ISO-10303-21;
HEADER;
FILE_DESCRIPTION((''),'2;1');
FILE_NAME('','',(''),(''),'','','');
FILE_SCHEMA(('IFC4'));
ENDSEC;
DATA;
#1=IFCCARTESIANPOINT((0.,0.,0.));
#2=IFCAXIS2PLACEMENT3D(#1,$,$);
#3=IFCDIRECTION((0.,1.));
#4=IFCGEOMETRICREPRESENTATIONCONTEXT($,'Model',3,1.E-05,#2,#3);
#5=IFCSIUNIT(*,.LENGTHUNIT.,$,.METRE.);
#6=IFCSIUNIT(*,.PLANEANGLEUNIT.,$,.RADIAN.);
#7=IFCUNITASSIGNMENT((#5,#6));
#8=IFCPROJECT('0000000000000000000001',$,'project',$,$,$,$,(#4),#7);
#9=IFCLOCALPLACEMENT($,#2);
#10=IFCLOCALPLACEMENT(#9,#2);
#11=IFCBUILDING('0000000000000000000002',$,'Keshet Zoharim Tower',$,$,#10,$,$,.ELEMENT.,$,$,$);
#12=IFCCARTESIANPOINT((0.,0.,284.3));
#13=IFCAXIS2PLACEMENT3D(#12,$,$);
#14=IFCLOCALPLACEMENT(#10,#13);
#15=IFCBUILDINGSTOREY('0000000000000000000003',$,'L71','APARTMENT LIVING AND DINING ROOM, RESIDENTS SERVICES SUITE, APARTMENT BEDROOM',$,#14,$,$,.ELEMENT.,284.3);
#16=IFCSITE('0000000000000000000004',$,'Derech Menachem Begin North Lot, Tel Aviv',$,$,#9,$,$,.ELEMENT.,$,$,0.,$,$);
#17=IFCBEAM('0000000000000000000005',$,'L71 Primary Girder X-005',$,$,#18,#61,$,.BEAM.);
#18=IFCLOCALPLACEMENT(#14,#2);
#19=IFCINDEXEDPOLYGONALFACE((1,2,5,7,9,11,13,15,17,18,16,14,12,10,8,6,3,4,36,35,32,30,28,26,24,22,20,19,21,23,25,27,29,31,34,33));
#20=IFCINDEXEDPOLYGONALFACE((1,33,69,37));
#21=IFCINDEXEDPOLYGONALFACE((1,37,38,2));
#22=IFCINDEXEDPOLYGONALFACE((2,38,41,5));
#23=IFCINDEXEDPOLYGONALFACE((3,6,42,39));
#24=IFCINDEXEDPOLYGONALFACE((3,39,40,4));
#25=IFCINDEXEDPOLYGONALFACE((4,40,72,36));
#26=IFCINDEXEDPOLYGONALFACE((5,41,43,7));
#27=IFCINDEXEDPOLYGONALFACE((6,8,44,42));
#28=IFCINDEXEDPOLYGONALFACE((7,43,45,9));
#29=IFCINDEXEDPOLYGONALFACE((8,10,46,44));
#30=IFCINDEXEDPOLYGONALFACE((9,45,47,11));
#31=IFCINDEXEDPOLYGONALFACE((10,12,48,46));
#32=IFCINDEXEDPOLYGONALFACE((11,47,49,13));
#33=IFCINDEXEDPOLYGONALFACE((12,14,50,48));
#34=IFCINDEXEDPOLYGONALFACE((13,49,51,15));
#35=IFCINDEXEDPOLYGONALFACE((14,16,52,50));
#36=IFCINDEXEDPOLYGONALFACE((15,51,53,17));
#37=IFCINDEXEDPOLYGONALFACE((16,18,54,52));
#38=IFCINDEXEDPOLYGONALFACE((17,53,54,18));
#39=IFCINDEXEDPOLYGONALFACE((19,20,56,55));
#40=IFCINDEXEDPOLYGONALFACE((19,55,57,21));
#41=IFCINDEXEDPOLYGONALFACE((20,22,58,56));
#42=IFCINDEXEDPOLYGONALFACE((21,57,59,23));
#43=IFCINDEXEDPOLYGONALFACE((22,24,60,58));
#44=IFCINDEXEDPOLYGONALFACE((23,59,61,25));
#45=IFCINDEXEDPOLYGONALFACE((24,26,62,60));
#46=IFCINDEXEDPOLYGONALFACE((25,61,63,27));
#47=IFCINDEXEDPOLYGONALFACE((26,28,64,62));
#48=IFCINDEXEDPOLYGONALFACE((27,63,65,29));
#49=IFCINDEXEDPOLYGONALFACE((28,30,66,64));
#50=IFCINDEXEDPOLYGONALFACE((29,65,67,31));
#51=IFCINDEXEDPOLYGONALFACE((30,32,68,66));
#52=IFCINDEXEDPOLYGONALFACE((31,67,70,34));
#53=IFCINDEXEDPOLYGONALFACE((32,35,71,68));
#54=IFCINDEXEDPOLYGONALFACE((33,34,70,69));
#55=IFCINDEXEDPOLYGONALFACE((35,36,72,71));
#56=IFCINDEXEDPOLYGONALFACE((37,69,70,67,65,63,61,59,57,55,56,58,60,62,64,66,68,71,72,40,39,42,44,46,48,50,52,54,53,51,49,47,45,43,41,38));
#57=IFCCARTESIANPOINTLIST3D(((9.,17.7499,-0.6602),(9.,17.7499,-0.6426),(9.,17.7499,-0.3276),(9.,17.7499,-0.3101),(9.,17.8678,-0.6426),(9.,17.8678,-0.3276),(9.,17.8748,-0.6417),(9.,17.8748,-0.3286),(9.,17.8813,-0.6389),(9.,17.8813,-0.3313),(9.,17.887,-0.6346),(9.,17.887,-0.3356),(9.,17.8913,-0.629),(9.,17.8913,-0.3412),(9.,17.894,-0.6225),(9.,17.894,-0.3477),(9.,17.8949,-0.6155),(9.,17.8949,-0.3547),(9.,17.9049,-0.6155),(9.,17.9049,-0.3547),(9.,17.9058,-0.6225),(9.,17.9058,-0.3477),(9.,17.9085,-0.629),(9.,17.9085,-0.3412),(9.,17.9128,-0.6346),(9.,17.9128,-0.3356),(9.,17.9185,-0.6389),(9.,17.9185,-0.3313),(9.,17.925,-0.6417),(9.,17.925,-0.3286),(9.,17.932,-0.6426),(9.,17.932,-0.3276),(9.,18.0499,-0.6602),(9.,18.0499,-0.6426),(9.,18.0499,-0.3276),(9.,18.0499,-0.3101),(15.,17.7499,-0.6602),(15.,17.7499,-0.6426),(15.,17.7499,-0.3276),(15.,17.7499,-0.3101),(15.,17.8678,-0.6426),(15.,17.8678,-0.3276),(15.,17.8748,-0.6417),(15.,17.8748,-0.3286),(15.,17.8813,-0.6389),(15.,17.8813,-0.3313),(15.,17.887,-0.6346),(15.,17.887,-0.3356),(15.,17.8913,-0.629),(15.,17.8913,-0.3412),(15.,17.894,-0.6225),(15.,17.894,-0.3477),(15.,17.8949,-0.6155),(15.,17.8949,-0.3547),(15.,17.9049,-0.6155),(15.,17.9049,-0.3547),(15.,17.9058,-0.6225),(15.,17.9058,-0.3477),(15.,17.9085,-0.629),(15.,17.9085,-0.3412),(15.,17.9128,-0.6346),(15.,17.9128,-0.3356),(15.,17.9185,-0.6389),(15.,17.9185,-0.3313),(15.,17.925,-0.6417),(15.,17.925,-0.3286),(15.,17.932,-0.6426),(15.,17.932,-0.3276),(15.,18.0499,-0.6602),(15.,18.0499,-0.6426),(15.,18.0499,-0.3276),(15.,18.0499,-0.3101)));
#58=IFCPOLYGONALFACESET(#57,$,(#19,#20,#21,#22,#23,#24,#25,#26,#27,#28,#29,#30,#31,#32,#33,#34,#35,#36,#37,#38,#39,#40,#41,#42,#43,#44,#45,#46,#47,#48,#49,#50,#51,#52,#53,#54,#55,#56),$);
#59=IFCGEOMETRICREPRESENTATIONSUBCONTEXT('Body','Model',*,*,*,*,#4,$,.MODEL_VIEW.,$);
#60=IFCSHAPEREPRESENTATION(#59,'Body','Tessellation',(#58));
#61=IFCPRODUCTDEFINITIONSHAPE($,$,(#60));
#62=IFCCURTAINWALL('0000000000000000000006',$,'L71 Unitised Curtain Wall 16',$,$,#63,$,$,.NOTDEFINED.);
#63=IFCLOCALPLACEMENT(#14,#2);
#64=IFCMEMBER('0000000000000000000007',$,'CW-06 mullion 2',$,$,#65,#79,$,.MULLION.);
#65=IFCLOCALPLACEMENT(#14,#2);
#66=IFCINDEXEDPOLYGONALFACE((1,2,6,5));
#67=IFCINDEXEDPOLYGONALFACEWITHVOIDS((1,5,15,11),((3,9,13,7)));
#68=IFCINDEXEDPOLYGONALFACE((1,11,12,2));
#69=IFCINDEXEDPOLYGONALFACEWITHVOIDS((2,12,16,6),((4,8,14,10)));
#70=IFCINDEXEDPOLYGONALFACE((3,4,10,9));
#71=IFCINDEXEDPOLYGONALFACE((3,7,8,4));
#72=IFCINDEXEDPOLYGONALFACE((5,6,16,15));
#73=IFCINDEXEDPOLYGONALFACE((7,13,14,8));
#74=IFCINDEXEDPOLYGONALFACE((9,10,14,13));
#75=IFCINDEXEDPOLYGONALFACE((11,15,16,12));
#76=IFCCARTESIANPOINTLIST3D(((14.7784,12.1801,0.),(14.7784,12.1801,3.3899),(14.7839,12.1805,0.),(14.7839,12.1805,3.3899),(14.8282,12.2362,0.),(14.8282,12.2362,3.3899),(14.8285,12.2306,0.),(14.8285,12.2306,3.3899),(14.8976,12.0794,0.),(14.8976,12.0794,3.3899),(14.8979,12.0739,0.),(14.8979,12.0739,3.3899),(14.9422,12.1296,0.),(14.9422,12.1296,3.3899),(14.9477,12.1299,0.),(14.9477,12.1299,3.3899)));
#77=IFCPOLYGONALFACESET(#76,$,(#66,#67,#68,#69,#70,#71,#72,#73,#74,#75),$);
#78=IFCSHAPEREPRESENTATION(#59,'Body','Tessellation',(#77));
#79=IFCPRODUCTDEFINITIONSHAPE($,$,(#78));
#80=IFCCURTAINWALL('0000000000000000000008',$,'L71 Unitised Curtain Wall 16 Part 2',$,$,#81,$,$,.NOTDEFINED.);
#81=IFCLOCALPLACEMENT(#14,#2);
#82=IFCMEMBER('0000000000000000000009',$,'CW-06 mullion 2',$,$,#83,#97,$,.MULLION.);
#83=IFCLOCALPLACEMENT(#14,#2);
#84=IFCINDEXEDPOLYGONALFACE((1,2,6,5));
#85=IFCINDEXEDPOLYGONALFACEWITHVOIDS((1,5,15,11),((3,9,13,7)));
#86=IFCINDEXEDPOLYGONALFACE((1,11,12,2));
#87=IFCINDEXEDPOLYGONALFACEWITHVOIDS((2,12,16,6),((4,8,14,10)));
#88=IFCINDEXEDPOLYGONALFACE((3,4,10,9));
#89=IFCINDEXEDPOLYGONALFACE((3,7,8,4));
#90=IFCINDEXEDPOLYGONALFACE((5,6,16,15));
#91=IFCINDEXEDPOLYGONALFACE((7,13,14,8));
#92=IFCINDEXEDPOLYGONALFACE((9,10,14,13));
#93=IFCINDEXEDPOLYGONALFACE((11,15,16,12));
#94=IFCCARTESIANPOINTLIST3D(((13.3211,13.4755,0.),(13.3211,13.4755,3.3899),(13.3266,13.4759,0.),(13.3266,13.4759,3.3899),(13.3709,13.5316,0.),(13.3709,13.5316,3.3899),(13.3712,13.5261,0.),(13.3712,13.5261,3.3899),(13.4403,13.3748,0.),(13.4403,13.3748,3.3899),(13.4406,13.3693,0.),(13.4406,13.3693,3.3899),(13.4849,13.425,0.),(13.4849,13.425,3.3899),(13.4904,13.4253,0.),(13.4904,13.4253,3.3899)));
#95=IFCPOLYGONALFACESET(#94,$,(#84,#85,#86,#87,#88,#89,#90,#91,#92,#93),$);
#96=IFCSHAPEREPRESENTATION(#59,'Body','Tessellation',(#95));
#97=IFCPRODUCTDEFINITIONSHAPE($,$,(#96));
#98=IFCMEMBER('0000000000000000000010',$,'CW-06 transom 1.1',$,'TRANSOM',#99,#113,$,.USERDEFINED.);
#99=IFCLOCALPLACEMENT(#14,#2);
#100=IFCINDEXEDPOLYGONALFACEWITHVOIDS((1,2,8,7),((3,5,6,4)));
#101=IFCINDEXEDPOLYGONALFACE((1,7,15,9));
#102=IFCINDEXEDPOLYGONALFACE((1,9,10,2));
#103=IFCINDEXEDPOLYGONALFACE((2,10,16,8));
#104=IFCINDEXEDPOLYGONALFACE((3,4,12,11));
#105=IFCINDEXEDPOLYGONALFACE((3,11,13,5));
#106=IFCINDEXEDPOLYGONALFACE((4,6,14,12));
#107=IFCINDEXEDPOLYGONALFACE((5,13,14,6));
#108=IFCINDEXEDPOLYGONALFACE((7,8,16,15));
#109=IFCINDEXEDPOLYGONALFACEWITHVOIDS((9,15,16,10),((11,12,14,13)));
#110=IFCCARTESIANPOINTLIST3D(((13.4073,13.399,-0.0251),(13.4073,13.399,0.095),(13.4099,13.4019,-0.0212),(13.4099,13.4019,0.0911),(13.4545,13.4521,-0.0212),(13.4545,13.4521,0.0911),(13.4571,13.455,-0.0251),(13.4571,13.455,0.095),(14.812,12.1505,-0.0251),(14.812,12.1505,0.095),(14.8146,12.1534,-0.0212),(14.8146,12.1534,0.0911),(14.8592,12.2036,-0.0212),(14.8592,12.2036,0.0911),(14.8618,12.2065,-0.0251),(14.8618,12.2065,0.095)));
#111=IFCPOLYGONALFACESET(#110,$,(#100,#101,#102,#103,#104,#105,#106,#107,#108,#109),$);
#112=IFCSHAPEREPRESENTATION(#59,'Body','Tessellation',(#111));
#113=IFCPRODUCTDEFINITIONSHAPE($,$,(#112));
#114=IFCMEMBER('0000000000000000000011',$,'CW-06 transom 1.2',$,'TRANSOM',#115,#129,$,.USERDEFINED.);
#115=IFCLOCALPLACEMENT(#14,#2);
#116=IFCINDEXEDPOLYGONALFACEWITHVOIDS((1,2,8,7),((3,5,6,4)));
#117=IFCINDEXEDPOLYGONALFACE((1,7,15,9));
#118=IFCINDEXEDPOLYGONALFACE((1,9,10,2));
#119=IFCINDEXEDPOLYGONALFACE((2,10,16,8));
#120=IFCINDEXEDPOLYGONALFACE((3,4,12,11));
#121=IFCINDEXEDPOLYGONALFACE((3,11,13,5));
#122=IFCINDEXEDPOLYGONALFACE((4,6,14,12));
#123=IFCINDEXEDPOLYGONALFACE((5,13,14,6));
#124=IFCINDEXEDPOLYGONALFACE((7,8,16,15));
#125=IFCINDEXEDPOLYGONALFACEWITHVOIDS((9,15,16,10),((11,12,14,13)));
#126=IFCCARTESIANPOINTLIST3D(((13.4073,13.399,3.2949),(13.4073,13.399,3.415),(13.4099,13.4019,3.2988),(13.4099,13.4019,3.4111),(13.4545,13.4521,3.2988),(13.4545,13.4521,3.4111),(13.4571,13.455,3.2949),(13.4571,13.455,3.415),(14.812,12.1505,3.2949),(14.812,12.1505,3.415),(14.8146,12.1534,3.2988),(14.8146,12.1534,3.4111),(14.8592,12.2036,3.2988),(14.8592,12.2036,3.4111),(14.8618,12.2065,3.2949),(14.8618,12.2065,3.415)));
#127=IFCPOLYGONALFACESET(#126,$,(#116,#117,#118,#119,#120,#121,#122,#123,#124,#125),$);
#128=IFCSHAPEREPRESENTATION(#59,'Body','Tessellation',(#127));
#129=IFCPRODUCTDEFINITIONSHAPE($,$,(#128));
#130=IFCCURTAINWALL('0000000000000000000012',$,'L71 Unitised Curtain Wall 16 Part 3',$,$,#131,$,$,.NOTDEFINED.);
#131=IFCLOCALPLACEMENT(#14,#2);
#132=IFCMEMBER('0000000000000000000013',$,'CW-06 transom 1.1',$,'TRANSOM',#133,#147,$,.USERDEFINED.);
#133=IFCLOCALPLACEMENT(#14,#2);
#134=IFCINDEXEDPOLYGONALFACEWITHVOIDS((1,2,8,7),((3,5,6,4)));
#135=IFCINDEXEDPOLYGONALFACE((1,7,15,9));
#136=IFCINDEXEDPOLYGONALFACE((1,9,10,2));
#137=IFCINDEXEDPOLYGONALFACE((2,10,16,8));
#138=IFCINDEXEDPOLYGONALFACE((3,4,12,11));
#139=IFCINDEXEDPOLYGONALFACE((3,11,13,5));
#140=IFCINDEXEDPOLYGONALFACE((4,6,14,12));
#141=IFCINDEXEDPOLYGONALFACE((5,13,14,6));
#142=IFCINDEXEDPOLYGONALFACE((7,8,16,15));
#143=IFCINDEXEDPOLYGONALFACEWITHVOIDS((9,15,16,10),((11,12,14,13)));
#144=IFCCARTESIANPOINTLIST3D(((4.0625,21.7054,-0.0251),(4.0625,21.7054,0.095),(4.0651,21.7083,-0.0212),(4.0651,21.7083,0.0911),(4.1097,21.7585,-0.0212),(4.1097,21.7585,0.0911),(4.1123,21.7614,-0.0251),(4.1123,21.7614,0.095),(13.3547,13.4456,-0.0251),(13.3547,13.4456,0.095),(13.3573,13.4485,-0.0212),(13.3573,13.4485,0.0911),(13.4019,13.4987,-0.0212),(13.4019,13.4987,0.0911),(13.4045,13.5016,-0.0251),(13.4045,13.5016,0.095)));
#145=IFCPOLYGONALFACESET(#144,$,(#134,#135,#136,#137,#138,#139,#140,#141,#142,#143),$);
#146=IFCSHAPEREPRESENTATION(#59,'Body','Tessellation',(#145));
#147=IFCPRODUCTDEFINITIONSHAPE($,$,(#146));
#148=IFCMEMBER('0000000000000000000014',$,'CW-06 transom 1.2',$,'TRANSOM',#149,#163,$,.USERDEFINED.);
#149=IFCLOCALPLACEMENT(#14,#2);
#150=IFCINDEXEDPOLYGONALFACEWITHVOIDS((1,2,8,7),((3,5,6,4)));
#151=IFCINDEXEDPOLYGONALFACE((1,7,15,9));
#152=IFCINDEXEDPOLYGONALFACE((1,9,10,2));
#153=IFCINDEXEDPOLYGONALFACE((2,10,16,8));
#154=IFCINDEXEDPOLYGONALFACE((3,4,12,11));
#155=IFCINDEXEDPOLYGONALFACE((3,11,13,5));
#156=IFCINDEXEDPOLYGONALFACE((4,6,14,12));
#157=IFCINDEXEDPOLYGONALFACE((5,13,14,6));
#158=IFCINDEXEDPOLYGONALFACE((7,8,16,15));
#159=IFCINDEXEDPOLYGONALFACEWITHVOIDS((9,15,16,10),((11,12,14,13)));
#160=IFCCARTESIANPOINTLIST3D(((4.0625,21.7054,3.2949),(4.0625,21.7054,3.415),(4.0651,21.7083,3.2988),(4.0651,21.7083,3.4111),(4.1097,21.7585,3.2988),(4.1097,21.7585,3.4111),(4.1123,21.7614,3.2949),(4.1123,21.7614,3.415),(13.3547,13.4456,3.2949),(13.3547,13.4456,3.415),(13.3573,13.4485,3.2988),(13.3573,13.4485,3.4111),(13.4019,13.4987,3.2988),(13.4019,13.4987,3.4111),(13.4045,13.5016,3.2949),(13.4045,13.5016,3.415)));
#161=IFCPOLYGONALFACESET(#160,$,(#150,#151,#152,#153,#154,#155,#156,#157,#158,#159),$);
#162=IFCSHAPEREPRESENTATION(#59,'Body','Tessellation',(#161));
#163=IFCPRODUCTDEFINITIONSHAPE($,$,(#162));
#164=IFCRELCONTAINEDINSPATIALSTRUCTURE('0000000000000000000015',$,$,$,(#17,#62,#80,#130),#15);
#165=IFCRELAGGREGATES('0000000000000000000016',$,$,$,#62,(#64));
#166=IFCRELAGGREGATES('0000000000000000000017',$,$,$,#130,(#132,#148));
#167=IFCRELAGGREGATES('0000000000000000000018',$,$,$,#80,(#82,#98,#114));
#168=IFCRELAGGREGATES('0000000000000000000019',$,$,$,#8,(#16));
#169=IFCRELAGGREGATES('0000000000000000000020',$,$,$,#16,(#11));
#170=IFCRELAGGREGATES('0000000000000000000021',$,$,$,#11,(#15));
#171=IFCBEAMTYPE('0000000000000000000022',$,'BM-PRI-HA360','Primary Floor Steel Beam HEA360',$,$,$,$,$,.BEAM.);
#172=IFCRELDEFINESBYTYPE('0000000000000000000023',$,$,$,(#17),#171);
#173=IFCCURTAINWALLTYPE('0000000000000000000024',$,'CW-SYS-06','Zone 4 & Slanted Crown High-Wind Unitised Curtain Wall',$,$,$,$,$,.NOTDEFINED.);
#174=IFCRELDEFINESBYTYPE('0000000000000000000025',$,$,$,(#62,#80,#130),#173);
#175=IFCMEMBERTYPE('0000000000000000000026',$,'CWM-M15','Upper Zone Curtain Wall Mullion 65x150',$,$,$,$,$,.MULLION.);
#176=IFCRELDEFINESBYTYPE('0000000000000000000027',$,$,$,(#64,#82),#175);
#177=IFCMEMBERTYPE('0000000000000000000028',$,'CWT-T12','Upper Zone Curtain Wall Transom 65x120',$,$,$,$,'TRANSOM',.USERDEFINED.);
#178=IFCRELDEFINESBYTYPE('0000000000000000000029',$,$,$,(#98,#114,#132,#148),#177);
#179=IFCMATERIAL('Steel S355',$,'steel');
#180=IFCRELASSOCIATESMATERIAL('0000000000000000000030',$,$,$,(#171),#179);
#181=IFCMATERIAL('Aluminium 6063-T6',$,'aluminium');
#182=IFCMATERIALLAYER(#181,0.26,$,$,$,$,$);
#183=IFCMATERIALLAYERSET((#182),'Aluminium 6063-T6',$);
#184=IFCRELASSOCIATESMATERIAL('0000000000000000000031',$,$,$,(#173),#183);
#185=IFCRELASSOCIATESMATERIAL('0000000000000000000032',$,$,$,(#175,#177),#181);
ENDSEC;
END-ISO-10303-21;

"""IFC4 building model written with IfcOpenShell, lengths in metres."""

from ifc_helpers import new_model, si_unit, direction, frame, origin, origin_2d, place, context, subcontext, project, spatial, hollow_rectangle, i_section, extrude, material, layer, layer_set, material_profile, profile_set, type_object, element, aggregate, save


model = new_model("IFC4")

# Units and contexts
model_context = context("Model", 3, precision=1e-05, world=origin(), true_north=direction((0.0, 1.0)))
body_context = subcontext(model_context, "Body", "Model", "MODEL_VIEW")
ifc_project = project(units=[si_unit("LENGTHUNIT", "METRE"), si_unit("PLANEANGLEUNIT", "RADIAN")], contexts=[model_context])

# Site, building, storey
site_placement = place(None, origin())
site = spatial("IfcSite", under=ifc_project, at=site_placement, Name="Derech Menachem Begin North Lot, Tel Aviv", CompositionType="ELEMENT", RefElevation=0.0)
building_placement = place(site_placement, origin())
building = spatial("IfcBuilding", under=site, at=building_placement, Name="Keshet Zoharim Tower", CompositionType="ELEMENT")
storey_placement = place(building_placement, frame((0.0, 0.0, 284.3)))
storey = spatial("IfcBuildingStorey", under=building, at=storey_placement, Name="L71", Description="APARTMENT LIVING AND DINING ROOM, RESIDENTS SERVICES SUITE, APARTMENT BEDROOM", CompositionType="ELEMENT", Elevation=284.3)

# Shared definitions
ifc_material_1 = material(Name="Steel S355", Category="steel")

# Beam
ifc_material_profile_1 = material_profile(ifc_material_1, i_section(OverallWidth=0.3, OverallDepth=0.3501, WebThickness=0.01, FlangeThickness=0.0176, FilletRadius=0.0271, at=origin_2d()), Name="HEA360")
ifc_profile_set_1 = profile_set([ifc_material_profile_1], Name="Steel S355")
beam_type_1 = type_object("IfcBeamType", Name="BM-PRI-HA360", Description="Primary Floor Steel Beam HEA360", PredefinedType="BEAM", material=ifc_profile_set_1)
beam_1_placement = place(storey_placement, frame((9.0, 17.8999, -0.4851), z_axis=(1.0, 0.0, 0.0), x_axis=(0.0, 1.0, 0.0)))
element("IfcBeam", 1, at=beam_1_placement, inside=storey, type_object=beam_type_1, Name="L71 Primary Girder X-005", PredefinedType="BEAM", context=body_context, shape_type="SweptSolid", body=[
    extrude(i_section(OverallWidth=0.3, OverallDepth=0.3501, WebThickness=0.01, FlangeThickness=0.0176, FilletRadius=0.0271, at=origin_2d()), origin(), (0.0, 0.0, 1.0), 6.0),
])

# Curtain wall, member
ifc_material_2 = material(Name="Aluminium 6063-T6", Category="aluminium")
ifc_layer_1 = layer(ifc_material_2, 0.26)
ifc_layer_set_1 = layer_set([ifc_layer_1], Name="Aluminium 6063-T6")
curtain_wall_type = type_object("IfcCurtainWallType", Name="CW-SYS-06", Description="Zone 4 & Slanted Crown High-Wind Unitised Curtain Wall", PredefinedType="NOTDEFINED", material=ifc_layer_set_1)
curtain_wall_1_placement = place(storey_placement, origin())
curtain_wall_1 = element("IfcCurtainWall", 2, at=curtain_wall_1_placement, inside=storey, type_object=curtain_wall_type, Name="L71 Unitised Curtain Wall 16", PredefinedType="NOTDEFINED")
ifc_material_profile_2 = material_profile(ifc_material_2, hollow_rectangle(XDim=0.075, YDim=0.1599, WallThickness=0.0039, at=origin_2d()), Name="MUL-75x160")
ifc_profile_set_2 = profile_set([ifc_material_profile_2], Name="Aluminium 6063-T6")
member_type_1 = type_object("IfcMemberType", Name="CWM-M15", Description="Upper Zone Curtain Wall Mullion 65x150", PredefinedType="MULLION", material=ifc_profile_set_2)
member_1_placement = place(storey_placement, frame((14.863, 12.155, 0.0), z_axis=(0.0, 0.0, 1.0), x_axis=(-0.664362, -0.747411, 0.0)))
member_1 = element("IfcMember", 3, at=member_1_placement, type_object=member_type_1, Name="CW-06 mullion 2", PredefinedType="MULLION", context=body_context, shape_type="SweptSolid", body=[
    extrude(hollow_rectangle(XDim=0.075, YDim=0.1599, WallThickness=0.0039, at=origin_2d()), origin(), (0.0, 0.0, 1.0), 3.3899),
])
aggregate(curtain_wall_1, [member_1])

# Curtain walls, members
curtain_wall_2_placement = place(storey_placement, origin())
curtain_wall_2 = element("IfcCurtainWall", 4, at=curtain_wall_2_placement, inside=storey, type_object=curtain_wall_type, Name="L71 Unitised Curtain Wall 16 Part 2", PredefinedType="NOTDEFINED")
member_2_placement = place(storey_placement, frame((13.4058, 13.4504, 0.0), z_axis=(0.0, 0.0, 1.0), x_axis=(-0.664338, -0.747432, 0.0)))
member_2 = element("IfcMember", 5, at=member_2_placement, type_object=member_type_1, Name="CW-06 mullion 2", PredefinedType="MULLION", context=body_context, shape_type="SweptSolid", body=[
    extrude(hollow_rectangle(XDim=0.075, YDim=0.1599, WallThickness=0.0039, at=origin_2d()), origin(), (0.0, 0.0, 1.0), 3.3899),
])
ifc_material_profile_3 = material_profile(ifc_material_2, hollow_rectangle(XDim=0.075, YDim=0.1201, WallThickness=0.0039, at=origin_2d()), Name="TRN-75x120")
ifc_profile_set_3 = profile_set([ifc_material_profile_3], Name="Aluminium 6063-T6")
member_type_2 = type_object("IfcMemberType", Name="CWT-T12", Description="Upper Zone Curtain Wall Transom 65x120", ElementType="TRANSOM", PredefinedType="USERDEFINED", material=ifc_profile_set_3)
member_3_placement = place(storey_placement, frame((14.8369, 12.1785, 0.0349), z_axis=(-0.747452, 0.664315, 0.0), x_axis=(-0.664315, -0.747452, 0.0)))
member_3 = element("IfcMember", 6, at=member_3_placement, type_object=member_type_2, Name="CW-06 transom 1.1", ObjectType="TRANSOM", PredefinedType="USERDEFINED", context=body_context, shape_type="SweptSolid", body=[
    extrude(hollow_rectangle(XDim=0.075, YDim=0.1201, WallThickness=0.0039, at=origin_2d()), origin(), (0.0, 0.0, 1.0), 1.8794),
])
member_4_placement = place(storey_placement, frame((14.8369, 12.1785, 3.355), z_axis=(-0.747452, 0.664315, 0.0), x_axis=(-0.664315, -0.747452, 0.0)))
member_4 = element("IfcMember", 7, at=member_4_placement, type_object=member_type_2, Name="CW-06 transom 1.2", ObjectType="TRANSOM", PredefinedType="USERDEFINED", context=body_context, shape_type="SweptSolid", body=[
    extrude(hollow_rectangle(XDim=0.075, YDim=0.1201, WallThickness=0.0039, at=origin_2d()), origin(), (0.0, 0.0, 1.0), 1.8794),
])
curtain_wall_3_placement = place(storey_placement, origin())
curtain_wall_3 = element("IfcCurtainWall", 8, at=curtain_wall_3_placement, inside=storey, type_object=curtain_wall_type, Name="L71 Unitised Curtain Wall 16 Part 3", PredefinedType="NOTDEFINED")
member_5_placement = place(storey_placement, frame((13.3796, 13.4736, 0.0349), z_axis=(-0.747409, 0.664364, 0.0), x_axis=(-0.664364, -0.747409, 0.0)))
member_5 = element("IfcMember", 9, at=member_5_placement, type_object=member_type_2, Name="CW-06 transom 1.1", ObjectType="TRANSOM", PredefinedType="USERDEFINED", context=body_context, shape_type="SweptSolid", body=[
    extrude(hollow_rectangle(XDim=0.075, YDim=0.1201, WallThickness=0.0039, at=origin_2d()), origin(), (0.0, 0.0, 1.0), 12.4326),
])
member_6_placement = place(storey_placement, frame((13.3796, 13.4736, 3.355), z_axis=(-0.747409, 0.664364, 0.0), x_axis=(-0.664364, -0.747409, 0.0)))
member_6 = element("IfcMember", 10, at=member_6_placement, type_object=member_type_2, Name="CW-06 transom 1.2", ObjectType="TRANSOM", PredefinedType="USERDEFINED", context=body_context, shape_type="SweptSolid", body=[
    extrude(hollow_rectangle(XDim=0.075, YDim=0.1201, WallThickness=0.0039, at=origin_2d()), origin(), (0.0, 0.0, 1.0), 12.4326),
])

aggregate(curtain_wall_3, [member_5, member_6])
aggregate(curtain_wall_2, [member_2, member_3, member_4])

save(model, "model.ifc")
